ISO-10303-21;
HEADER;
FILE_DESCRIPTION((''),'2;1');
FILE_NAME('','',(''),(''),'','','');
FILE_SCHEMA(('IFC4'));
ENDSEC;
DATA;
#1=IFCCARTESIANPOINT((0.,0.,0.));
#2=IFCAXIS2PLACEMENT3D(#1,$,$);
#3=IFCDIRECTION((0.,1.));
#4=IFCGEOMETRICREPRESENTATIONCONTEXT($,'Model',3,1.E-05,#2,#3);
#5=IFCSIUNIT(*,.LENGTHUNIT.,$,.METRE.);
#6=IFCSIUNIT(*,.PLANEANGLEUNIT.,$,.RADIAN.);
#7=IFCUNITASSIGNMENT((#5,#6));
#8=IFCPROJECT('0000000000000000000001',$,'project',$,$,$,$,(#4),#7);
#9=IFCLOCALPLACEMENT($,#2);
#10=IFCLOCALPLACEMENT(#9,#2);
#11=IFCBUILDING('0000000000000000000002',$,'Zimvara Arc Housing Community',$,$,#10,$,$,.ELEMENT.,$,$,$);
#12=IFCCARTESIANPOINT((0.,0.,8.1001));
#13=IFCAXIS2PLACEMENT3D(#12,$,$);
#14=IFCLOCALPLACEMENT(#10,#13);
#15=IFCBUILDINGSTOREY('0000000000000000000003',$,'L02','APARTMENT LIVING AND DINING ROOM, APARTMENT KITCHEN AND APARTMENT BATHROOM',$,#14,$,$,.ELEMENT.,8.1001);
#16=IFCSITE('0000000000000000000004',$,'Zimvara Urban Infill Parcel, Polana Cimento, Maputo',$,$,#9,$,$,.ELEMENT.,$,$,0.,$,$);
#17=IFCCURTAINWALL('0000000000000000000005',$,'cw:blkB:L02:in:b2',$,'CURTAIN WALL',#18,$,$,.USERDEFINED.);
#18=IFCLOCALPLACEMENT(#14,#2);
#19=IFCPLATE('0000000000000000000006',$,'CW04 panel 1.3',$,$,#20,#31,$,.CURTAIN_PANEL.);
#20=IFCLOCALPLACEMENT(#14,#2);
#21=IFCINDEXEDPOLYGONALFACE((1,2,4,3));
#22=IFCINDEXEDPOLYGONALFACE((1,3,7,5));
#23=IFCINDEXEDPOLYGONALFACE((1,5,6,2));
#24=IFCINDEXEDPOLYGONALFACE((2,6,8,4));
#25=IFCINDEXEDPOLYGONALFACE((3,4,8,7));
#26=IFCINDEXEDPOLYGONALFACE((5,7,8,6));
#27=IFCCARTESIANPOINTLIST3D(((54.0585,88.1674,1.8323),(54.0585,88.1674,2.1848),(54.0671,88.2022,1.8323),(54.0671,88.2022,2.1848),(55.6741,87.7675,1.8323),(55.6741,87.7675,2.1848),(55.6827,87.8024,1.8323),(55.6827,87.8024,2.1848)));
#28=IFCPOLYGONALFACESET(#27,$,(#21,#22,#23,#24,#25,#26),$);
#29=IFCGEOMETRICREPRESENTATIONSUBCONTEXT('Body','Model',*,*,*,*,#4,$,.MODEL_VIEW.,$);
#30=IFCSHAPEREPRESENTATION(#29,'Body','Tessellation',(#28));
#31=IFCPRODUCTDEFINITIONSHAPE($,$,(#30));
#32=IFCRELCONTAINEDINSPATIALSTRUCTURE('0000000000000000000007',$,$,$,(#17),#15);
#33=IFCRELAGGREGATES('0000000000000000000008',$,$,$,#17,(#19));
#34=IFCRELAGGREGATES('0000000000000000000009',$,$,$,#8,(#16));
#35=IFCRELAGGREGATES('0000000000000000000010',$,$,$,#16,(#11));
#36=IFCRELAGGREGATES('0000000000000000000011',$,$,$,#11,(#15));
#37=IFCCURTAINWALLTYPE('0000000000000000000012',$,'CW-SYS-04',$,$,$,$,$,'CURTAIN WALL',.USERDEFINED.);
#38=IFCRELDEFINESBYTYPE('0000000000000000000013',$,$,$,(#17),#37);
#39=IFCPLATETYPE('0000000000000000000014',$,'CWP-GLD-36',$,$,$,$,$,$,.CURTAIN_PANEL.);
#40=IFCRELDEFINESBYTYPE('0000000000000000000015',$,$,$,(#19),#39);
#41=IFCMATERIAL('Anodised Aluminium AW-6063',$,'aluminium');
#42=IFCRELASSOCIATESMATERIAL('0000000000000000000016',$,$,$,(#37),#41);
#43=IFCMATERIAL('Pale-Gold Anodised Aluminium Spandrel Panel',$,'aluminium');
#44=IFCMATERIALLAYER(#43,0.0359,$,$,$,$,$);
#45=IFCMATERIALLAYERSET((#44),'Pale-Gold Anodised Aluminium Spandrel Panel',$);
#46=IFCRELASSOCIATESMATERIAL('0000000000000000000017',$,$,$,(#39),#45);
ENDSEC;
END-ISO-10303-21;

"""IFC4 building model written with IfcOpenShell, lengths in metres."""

from ifc_helpers import new_model, si_unit, direction, frame, origin, origin_2d, place, context, subcontext, project, spatial, rectangle, extrude, material, layer, layer_set, type_object, element, aggregate, save


model = new_model("IFC4")

# Units and contexts
model_context = context("Model", 3, precision=1e-05, world=origin(), true_north=direction((0.0, 1.0)))
body_context = subcontext(model_context, "Body", "Model", "MODEL_VIEW")
ifc_project = project(units=[si_unit("LENGTHUNIT", "METRE"), si_unit("PLANEANGLEUNIT", "RADIAN")], contexts=[model_context])

# Site, building, storey
site_placement = place(None, origin())
site = spatial("IfcSite", under=ifc_project, at=site_placement, Name="Zimvara Urban Infill Parcel, Polana Cimento, Maputo", CompositionType="ELEMENT", RefElevation=0.0)
building_placement = place(site_placement, origin())
building = spatial("IfcBuilding", under=site, at=building_placement, Name="Zimvara Arc Housing Community", CompositionType="ELEMENT")
storey_placement = place(building_placement, frame((0.0, 0.0, 8.1001)))
storey = spatial("IfcBuildingStorey", under=building, at=storey_placement, Name="L02", Description="APARTMENT LIVING AND DINING ROOM, APARTMENT KITCHEN AND APARTMENT BATHROOM", CompositionType="ELEMENT", Elevation=8.1001)

# Curtain wall, plate
ifc_material_1 = material(Name="Anodised Aluminium AW-6063", Category="aluminium")
curtain_wall_type = type_object("IfcCurtainWallType", Name="CW-SYS-04", ElementType="CURTAIN WALL", PredefinedType="USERDEFINED", material=ifc_material_1)
curtain_wall_placement = place(storey_placement, origin())
curtain_wall = element("IfcCurtainWall", 1, at=curtain_wall_placement, inside=storey, type_object=curtain_wall_type, Name="cw:blkB:L02:in:b2", ObjectType="CURTAIN WALL", PredefinedType="USERDEFINED")
ifc_material_2 = material(Name="Pale-Gold Anodised Aluminium Spandrel Panel", Category="aluminium")
ifc_layer = layer(ifc_material_2, 0.0359)
ifc_layer_set = layer_set([ifc_layer], Name="Pale-Gold Anodised Aluminium Spandrel Panel")
plate_type = type_object("IfcPlateType", Name="CWP-GLD-36", PredefinedType="CURTAIN_PANEL", material=ifc_layer_set)
plate_1_placement = place(storey_placement, frame((54.8706, 87.9849, 1.8323), z_axis=(0.0, 0.0, 1.0), x_axis=(0.970717, -0.240228, 0.0)))
plate_1 = element("IfcPlate", 2, at=plate_1_placement, type_object=plate_type, Name="CW04 panel 1.3", PredefinedType="CURTAIN_PANEL", context=body_context, shape_type="SweptSolid", body=[
    extrude(rectangle(XDim=1.6643, YDim=0.0359, at=origin_2d()), origin(), (0.0, 0.0, 1.0), 0.3525),
])
aggregate(curtain_wall, [plate_1])

save(model, "model.ifc")
